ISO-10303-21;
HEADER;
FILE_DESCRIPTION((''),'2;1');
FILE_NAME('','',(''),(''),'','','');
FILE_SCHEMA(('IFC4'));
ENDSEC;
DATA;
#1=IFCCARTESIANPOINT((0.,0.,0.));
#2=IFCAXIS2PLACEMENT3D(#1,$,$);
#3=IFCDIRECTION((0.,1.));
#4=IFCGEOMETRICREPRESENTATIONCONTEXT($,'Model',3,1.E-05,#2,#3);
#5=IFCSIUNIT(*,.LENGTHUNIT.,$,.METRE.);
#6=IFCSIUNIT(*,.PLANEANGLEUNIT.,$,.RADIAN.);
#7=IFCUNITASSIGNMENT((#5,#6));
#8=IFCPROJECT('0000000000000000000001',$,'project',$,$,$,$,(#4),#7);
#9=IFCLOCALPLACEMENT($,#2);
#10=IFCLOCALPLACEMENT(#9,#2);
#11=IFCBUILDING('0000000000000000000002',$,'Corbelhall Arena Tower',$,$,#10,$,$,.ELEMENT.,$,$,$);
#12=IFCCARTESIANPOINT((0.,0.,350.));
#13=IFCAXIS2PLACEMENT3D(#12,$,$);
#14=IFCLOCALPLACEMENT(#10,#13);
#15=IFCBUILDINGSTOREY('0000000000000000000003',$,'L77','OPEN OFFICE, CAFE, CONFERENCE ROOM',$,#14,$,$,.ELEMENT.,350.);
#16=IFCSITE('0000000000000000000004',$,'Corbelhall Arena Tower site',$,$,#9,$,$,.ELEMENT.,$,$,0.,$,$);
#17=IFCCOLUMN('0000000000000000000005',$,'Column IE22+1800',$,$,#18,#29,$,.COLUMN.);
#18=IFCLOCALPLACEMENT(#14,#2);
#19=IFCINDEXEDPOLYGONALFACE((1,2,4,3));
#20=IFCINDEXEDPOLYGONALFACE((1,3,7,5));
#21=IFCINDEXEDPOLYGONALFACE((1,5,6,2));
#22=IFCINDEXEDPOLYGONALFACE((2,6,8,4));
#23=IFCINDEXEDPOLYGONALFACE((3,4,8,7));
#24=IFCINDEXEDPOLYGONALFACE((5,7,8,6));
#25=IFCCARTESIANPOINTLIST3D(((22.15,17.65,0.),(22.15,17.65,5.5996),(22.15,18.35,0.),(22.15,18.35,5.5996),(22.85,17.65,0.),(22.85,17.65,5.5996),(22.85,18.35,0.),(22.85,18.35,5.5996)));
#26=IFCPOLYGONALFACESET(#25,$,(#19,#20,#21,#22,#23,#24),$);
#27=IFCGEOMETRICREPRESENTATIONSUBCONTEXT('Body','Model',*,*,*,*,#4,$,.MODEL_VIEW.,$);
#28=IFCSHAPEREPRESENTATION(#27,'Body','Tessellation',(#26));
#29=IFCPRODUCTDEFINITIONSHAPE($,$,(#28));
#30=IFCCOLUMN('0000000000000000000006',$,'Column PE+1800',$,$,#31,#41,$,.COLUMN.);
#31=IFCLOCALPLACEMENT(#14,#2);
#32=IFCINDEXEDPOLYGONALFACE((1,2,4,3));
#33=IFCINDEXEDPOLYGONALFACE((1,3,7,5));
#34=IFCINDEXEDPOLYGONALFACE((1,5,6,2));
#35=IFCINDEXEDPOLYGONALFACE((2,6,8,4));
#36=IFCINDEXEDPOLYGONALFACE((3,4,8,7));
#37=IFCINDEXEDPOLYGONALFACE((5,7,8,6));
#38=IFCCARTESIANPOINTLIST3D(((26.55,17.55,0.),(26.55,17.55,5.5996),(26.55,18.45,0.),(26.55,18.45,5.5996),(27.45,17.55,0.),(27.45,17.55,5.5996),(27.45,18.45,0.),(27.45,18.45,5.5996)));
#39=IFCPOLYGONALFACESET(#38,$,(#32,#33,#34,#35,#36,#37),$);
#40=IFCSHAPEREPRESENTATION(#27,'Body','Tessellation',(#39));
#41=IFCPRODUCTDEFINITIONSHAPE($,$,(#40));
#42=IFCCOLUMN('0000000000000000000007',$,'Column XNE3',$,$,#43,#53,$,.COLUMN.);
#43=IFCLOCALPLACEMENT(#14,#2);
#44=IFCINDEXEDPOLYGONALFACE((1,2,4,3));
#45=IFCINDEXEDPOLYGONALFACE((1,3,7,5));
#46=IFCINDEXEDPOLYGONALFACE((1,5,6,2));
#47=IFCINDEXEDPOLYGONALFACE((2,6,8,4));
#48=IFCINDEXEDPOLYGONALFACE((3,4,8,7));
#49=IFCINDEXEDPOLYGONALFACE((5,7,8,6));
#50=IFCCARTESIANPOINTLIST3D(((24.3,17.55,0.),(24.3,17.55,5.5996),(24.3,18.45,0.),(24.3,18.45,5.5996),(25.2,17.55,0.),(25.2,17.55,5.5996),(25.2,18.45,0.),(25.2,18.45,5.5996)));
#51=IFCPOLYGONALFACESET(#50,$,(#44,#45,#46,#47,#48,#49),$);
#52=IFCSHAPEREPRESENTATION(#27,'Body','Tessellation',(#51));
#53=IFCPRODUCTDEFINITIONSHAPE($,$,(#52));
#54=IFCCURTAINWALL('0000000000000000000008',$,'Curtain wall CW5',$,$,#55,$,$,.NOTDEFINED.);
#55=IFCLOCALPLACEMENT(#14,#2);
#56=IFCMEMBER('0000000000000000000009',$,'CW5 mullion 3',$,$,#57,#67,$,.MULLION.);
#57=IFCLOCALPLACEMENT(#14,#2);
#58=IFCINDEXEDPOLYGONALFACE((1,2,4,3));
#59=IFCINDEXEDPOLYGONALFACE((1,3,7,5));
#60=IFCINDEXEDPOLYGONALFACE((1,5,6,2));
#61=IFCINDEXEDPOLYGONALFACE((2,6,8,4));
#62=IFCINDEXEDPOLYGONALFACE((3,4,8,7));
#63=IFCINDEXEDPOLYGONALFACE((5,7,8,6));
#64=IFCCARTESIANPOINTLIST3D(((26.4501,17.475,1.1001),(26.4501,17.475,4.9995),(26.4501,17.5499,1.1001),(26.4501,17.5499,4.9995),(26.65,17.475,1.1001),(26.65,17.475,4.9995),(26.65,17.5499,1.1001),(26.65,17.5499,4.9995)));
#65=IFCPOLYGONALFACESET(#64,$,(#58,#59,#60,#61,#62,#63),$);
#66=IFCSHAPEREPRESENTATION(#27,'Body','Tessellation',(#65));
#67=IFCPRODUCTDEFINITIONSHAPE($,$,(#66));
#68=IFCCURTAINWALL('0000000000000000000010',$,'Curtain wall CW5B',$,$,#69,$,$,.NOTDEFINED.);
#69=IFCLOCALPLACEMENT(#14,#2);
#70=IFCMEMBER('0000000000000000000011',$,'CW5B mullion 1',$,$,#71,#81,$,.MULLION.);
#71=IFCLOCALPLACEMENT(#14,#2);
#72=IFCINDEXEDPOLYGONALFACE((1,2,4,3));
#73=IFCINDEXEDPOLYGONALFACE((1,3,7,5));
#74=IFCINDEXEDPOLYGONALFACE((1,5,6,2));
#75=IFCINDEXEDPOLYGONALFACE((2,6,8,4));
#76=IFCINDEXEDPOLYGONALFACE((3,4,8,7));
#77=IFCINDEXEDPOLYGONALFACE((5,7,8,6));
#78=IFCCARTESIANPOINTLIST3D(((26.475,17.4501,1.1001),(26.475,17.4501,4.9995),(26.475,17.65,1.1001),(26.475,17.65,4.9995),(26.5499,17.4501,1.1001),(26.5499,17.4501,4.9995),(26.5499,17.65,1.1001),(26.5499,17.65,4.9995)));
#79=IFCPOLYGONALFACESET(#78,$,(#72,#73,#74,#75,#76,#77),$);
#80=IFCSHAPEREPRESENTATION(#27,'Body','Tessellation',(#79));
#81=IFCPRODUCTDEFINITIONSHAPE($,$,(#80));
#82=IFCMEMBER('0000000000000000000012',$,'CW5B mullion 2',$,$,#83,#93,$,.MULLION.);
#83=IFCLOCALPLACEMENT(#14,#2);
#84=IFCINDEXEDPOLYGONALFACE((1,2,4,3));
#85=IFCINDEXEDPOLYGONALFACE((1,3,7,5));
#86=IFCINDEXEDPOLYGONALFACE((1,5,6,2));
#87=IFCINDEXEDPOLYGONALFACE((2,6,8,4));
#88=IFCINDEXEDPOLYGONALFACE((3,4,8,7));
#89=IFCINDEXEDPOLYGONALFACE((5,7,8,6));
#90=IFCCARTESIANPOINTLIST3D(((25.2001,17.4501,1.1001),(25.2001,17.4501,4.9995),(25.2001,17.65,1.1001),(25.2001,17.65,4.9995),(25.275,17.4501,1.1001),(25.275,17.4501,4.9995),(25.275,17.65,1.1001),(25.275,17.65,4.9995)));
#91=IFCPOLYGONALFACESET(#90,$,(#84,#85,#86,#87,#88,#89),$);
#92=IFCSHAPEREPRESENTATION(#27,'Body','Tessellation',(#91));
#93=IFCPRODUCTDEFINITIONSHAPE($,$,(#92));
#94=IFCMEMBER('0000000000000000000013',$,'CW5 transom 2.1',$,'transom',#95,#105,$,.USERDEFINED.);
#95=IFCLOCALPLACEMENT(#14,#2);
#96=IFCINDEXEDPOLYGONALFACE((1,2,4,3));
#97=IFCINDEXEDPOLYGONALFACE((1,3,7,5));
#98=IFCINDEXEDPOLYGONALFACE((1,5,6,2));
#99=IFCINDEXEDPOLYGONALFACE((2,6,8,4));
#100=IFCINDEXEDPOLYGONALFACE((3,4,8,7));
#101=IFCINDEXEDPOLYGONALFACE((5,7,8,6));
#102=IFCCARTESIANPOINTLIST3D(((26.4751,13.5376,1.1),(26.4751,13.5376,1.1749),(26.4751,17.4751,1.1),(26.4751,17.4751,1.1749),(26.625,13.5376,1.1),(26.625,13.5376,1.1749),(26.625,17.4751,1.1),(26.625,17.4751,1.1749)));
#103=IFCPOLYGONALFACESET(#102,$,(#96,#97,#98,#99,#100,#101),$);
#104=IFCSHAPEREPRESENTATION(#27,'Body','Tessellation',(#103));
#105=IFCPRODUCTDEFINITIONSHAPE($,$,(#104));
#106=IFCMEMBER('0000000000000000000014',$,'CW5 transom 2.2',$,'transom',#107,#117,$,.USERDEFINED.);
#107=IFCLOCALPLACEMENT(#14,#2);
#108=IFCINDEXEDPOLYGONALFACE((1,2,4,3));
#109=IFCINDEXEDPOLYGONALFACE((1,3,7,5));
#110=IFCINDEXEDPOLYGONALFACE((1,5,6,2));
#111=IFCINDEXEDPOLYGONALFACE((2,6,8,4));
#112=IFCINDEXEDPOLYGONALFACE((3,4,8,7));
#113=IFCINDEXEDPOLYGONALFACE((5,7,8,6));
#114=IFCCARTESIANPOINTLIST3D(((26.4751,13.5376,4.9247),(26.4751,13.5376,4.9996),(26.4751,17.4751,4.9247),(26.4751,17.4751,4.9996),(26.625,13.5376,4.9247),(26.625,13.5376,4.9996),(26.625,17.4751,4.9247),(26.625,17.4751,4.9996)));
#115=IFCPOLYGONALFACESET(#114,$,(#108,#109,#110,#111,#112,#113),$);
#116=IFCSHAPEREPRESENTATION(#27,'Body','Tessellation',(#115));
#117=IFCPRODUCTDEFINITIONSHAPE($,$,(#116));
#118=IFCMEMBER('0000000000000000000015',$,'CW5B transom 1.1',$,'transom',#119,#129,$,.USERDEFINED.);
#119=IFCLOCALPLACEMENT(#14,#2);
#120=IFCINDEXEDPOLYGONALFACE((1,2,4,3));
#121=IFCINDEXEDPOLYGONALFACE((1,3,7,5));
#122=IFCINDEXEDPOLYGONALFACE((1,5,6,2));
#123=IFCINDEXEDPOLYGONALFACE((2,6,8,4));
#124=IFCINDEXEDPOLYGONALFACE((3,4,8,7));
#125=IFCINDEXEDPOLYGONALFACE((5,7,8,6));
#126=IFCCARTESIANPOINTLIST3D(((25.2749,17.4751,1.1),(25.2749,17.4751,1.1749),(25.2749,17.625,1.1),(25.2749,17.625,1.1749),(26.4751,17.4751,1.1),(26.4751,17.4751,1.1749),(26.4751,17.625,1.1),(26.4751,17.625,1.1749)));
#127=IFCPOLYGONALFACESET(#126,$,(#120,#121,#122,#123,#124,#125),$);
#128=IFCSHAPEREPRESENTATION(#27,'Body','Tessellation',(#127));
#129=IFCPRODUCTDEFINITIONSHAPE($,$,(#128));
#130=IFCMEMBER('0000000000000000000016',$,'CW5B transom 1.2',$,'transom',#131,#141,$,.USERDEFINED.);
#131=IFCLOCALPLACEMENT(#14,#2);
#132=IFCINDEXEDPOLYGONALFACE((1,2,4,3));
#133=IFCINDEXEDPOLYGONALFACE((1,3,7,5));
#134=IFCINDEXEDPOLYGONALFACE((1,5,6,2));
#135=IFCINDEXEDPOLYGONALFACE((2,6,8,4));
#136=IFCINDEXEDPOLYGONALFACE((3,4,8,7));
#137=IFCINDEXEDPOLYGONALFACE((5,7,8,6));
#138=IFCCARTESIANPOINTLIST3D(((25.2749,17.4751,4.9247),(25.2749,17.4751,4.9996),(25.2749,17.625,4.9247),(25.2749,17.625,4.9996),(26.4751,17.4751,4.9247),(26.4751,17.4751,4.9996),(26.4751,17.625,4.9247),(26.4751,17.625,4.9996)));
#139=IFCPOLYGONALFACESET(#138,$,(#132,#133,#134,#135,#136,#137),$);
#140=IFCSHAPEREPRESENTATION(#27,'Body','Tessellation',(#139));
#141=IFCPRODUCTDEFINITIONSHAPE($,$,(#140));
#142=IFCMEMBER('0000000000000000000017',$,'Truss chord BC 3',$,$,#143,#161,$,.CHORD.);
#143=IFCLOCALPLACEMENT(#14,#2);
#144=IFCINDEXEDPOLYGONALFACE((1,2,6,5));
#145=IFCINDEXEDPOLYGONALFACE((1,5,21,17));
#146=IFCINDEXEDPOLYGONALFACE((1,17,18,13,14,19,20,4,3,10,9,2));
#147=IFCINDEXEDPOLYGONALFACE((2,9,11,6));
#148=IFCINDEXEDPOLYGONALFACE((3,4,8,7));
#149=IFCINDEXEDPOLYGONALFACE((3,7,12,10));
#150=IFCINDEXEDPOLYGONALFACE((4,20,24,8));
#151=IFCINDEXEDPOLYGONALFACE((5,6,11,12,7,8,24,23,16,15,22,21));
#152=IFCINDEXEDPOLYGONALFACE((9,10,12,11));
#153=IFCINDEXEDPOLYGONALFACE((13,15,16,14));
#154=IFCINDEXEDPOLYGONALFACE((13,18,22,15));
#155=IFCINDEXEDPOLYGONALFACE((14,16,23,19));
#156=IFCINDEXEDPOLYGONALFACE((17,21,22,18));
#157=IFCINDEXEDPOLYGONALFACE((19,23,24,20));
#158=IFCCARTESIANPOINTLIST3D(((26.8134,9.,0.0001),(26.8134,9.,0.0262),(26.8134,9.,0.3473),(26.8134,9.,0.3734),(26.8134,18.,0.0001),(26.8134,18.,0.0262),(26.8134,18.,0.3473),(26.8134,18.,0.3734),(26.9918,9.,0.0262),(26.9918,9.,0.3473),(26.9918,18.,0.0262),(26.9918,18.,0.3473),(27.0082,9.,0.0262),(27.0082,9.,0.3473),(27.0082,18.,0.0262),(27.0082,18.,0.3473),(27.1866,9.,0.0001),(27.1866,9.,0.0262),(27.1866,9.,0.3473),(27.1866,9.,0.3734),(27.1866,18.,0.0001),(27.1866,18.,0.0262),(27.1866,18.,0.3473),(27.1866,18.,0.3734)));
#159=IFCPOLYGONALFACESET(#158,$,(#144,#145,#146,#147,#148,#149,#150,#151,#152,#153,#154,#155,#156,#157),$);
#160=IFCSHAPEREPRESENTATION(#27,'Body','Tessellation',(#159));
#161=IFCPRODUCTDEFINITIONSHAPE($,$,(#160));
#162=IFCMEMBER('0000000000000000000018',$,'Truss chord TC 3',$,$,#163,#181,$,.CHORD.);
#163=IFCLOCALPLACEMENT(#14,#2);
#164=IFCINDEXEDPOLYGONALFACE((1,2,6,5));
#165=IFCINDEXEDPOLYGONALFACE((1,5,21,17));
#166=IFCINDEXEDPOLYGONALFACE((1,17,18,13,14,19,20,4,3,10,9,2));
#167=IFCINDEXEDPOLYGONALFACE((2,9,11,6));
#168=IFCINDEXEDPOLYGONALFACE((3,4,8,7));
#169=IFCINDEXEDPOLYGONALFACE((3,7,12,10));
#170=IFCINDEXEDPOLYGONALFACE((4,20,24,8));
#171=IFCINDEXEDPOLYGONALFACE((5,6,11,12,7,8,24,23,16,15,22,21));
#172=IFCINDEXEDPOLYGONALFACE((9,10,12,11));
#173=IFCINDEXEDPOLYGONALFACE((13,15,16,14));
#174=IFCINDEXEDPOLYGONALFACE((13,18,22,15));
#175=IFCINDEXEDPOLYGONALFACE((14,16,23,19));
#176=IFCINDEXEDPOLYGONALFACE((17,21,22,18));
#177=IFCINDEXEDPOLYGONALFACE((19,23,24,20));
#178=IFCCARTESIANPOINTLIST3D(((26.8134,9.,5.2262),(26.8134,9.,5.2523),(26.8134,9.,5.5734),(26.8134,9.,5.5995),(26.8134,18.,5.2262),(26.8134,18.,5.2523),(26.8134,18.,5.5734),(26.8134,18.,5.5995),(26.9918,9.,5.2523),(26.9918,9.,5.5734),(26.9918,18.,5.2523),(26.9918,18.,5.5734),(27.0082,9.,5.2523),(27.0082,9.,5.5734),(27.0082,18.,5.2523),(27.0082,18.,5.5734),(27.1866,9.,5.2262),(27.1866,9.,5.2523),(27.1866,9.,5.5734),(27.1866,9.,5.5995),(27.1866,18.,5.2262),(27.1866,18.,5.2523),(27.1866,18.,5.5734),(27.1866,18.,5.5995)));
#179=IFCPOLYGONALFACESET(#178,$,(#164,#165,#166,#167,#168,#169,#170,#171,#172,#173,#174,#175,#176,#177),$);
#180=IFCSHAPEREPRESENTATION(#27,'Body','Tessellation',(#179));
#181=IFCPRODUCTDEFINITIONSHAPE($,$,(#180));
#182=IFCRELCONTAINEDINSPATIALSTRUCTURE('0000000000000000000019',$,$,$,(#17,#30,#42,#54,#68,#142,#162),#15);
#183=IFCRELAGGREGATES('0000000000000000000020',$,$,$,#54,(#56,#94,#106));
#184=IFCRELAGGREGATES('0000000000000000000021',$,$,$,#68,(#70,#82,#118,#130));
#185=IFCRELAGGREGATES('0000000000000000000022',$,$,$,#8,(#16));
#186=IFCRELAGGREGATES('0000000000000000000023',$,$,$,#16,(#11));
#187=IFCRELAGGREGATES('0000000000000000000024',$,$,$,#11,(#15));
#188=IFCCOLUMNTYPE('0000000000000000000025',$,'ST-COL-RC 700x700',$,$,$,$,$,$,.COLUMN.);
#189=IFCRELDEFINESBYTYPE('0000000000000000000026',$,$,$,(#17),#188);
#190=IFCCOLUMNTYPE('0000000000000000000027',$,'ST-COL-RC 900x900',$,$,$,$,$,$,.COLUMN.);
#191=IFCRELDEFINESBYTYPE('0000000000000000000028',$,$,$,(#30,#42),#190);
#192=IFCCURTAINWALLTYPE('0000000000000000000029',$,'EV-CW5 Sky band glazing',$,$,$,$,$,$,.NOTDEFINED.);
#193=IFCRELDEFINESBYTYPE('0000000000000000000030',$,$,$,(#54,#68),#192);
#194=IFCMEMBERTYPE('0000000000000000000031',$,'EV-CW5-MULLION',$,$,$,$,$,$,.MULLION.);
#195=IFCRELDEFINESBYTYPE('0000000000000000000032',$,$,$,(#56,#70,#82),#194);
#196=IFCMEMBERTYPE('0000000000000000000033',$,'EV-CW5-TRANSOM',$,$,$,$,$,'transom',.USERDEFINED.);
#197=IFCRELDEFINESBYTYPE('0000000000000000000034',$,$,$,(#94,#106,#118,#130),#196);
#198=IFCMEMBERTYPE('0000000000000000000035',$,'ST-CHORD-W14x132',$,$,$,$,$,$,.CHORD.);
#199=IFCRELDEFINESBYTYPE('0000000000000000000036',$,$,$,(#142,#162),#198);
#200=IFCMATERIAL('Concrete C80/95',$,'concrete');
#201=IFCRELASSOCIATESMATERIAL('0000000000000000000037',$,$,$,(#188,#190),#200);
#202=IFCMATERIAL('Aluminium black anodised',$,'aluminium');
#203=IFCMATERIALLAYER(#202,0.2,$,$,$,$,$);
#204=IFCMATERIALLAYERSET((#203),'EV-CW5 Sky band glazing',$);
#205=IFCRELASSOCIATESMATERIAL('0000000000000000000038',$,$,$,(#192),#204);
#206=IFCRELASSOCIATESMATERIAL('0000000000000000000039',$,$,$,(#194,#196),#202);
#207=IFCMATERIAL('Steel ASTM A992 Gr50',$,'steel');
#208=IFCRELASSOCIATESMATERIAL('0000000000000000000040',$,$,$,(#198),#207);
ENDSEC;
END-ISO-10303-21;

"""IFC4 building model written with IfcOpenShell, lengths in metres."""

from ifc_helpers import new_model, si_unit, direction, frame, origin, origin_2d, place, context, subcontext, project, spatial, rectangle, i_section, extrude, material, layer, layer_set, material_profile, profile_set, type_object, element, aggregate, save


model = new_model("IFC4")

# Units and contexts
model_context = context("Model", 3, precision=1e-05, world=origin(), true_north=direction((0.0, 1.0)))
body_context = subcontext(model_context, "Body", "Model", "MODEL_VIEW")
ifc_project = project(units=[si_unit("LENGTHUNIT", "METRE"), si_unit("PLANEANGLEUNIT", "RADIAN")], contexts=[model_context])

# Site, building, storey
site_placement = place(None, origin())
site = spatial("IfcSite", under=ifc_project, at=site_placement, Name="Corbelhall Arena Tower site", CompositionType="ELEMENT", RefElevation=0.0)
building_placement = place(site_placement, origin())
building = spatial("IfcBuilding", under=site, at=building_placement, Name="Corbelhall Arena Tower", CompositionType="ELEMENT")
storey_placement = place(building_placement, frame((0.0, 0.0, 350.0)))
storey = spatial("IfcBuildingStorey", under=building, at=storey_placement, Name="L77", Description="OPEN OFFICE, CAFE, CONFERENCE ROOM", CompositionType="ELEMENT", Elevation=350.0)

# Columns
ifc_material_1 = material(Name="Concrete C80/95", Category="concrete")
ifc_material_profile_1 = material_profile(ifc_material_1, rectangle(XDim=0.7, YDim=0.7, at=origin_2d()))
ifc_profile_set_1 = profile_set([ifc_material_profile_1], Name="Concrete C80/95")
column_type_1 = type_object("IfcColumnType", Name="ST-COL-RC 700x700", PredefinedType="COLUMN", material=ifc_profile_set_1)
column_placement = place(storey_placement, frame((22.5, 18.0, 0.0), z_axis=(0.0, 0.0, 1.0), x_axis=(1.0, 0.0, 0.0)))
element("IfcColumn", 1, at=column_placement, inside=storey, type_object=column_type_1, Name="Column IE22+1800", PredefinedType="COLUMN", context=body_context, shape_type="SweptSolid", body=[
    extrude(rectangle(XDim=0.7, YDim=0.7, at=origin_2d()), origin(), (0.0, 0.0, 1.0), 5.5996),
])
ifc_material_profile_2 = material_profile(ifc_material_1, rectangle(XDim=0.8999, YDim=0.8999, at=origin_2d()))
ifc_profile_set_2 = profile_set([ifc_material_profile_2], Name="Concrete C80/95")
column_type_2 = type_object("IfcColumnType", Name="ST-COL-RC 900x900", PredefinedType="COLUMN", material=ifc_profile_set_2)
for number, where, z_axis, x_axis, name in (
    (2, (27.0, 18.0, 0.0), (0.0, 0.0, 1.0), (0.0, 1.0, 0.0), "Column PE+1800"),
    (3, (24.75, 18.0, 0.0), (0.0, 0.0, 1.0), (1.0, 0.0, 0.0), "Column XNE3"),
):
    element("IfcColumn", number, at=place(storey_placement, frame(where, z_axis=z_axis, x_axis=x_axis)), inside=storey, type_object=column_type_2, Name=name, PredefinedType="COLUMN", context=body_context, shape_type="SweptSolid", body=[
        extrude(rectangle(XDim=0.8999, YDim=0.8999, at=origin_2d()), origin(), (0.0, 0.0, 1.0), 5.5996),
    ])

# Curtain wall, member
ifc_material_2 = material(Name="Aluminium black anodised", Category="aluminium")
ifc_layer_1 = layer(ifc_material_2, 0.2)
ifc_layer_set_1 = layer_set([ifc_layer_1], Name="EV-CW5 Sky band glazing")
curtain_wall_type = type_object("IfcCurtainWallType", Name="EV-CW5 Sky band glazing", PredefinedType="NOTDEFINED", material=ifc_layer_set_1)
curtain_wall_1_placement = place(storey_placement, origin())
curtain_wall_1 = element("IfcCurtainWall", 4, at=curtain_wall_1_placement, inside=storey, type_object=curtain_wall_type, Name="Curtain wall CW5", PredefinedType="NOTDEFINED")
ifc_material_profile_3 = material_profile(ifc_material_2, rectangle(XDim=0.2, YDim=0.075, at=origin_2d()))
ifc_profile_set_3 = profile_set([ifc_material_profile_3], Name="Aluminium black anodised")
member_type_1 = type_object("IfcMemberType", Name="EV-CW5-MULLION", PredefinedType="MULLION", material=ifc_profile_set_3)
member_1_placement = place(storey_placement, frame((26.55, 17.5125, 1.1001), z_axis=(0.0, 0.0, 1.0), x_axis=(-1.0, 0.0, 0.0)))
member_1 = element("IfcMember", 5, at=member_1_placement, type_object=member_type_1, Name="CW5 mullion 3", PredefinedType="MULLION", context=body_context, shape_type="SweptSolid", body=[
    extrude(rectangle(XDim=0.2, YDim=0.075, at=origin_2d()), origin(), (0.0, 0.0, 1.0), 3.8994),
])

# Curtain wall, members
curtain_wall_2_placement = place(storey_placement, origin())
curtain_wall_2 = element("IfcCurtainWall", 6, at=curtain_wall_2_placement, inside=storey, type_object=curtain_wall_type, Name="Curtain wall CW5B", PredefinedType="NOTDEFINED")
member_2_placement = place(storey_placement, frame((26.5125, 17.55, 1.1001), z_axis=(0.0, 0.0, 1.0), x_axis=(0.0, -1.0, 0.0)))
member_2 = element("IfcMember", 7, at=member_2_placement, type_object=member_type_1, Name="CW5B mullion 1", PredefinedType="MULLION", context=body_context, shape_type="SweptSolid", body=[
    extrude(rectangle(XDim=0.2, YDim=0.075, at=origin_2d()), origin(), (0.0, 0.0, 1.0), 3.8994),
])
member_3_placement = place(storey_placement, frame((25.2375, 17.55, 1.1001), z_axis=(0.0, 0.0, 1.0), x_axis=(0.0, -1.0, 0.0)))
member_3 = element("IfcMember", 8, at=member_3_placement, type_object=member_type_1, Name="CW5B mullion 2", PredefinedType="MULLION", context=body_context, shape_type="SweptSolid", body=[
    extrude(rectangle(XDim=0.2, YDim=0.075, at=origin_2d()), origin(), (0.0, 0.0, 1.0), 3.8994),
])

# Members
ifc_material_profile_4 = material_profile(ifc_material_2, rectangle(XDim=0.1499, YDim=0.075, at=origin_2d()))
ifc_profile_set_4 = profile_set([ifc_material_profile_4], Name="Aluminium black anodised")
member_type_2 = type_object("IfcMemberType", Name="EV-CW5-TRANSOM", ElementType="transom", PredefinedType="USERDEFINED", material=ifc_profile_set_4)
member_4_placement = place(storey_placement, frame((26.55, 13.5376, 1.1375), z_axis=(0.0, 1.0, 0.0), x_axis=(-1.0, 0.0, 0.0)))
member_4 = element("IfcMember", 9, at=member_4_placement, type_object=member_type_2, Name="CW5 transom 2.1", ObjectType="transom", PredefinedType="USERDEFINED", context=body_context, shape_type="SweptSolid", body=[
    extrude(rectangle(XDim=0.1499, YDim=0.075, at=origin_2d()), origin(), (0.0, 0.0, 1.0), 3.9375),
])
member_5_placement = place(storey_placement, frame((26.55, 13.5376, 4.9622), z_axis=(0.0, 1.0, 0.0), x_axis=(-1.0, 0.0, 0.0)))
member_5 = element("IfcMember", 10, at=member_5_placement, type_object=member_type_2, Name="CW5 transom 2.2", ObjectType="transom", PredefinedType="USERDEFINED", context=body_context, shape_type="SweptSolid", body=[
    extrude(rectangle(XDim=0.1499, YDim=0.075, at=origin_2d()), origin(), (0.0, 0.0, 1.0), 3.9375),
])
member_6_placement = place(storey_placement, frame((26.4751, 17.55, 1.1375), z_axis=(-1.0, 0.0, 0.0), x_axis=(0.0, -1.0, 0.0)))
member_6 = element("IfcMember", 11, at=member_6_placement, type_object=member_type_2, Name="CW5B transom 1.1", ObjectType="transom", PredefinedType="USERDEFINED", context=body_context, shape_type="SweptSolid", body=[
    extrude(rectangle(XDim=0.1499, YDim=0.075, at=origin_2d()), origin(), (0.0, 0.0, 1.0), 1.2002),
])
member_7_placement = place(storey_placement, frame((26.4751, 17.55, 4.9622), z_axis=(-1.0, 0.0, 0.0), x_axis=(0.0, -1.0, 0.0)))
member_7 = element("IfcMember", 12, at=member_7_placement, type_object=member_type_2, Name="CW5B transom 1.2", ObjectType="transom", PredefinedType="USERDEFINED", context=body_context, shape_type="SweptSolid", body=[
    extrude(rectangle(XDim=0.1499, YDim=0.075, at=origin_2d()), origin(), (0.0, 0.0, 1.0), 1.2002),
])

# Members
ifc_material_3 = material(Name="Steel ASTM A992 Gr50", Category="steel")
ifc_material_profile_5 = material_profile(ifc_material_3, i_section(OverallWidth=0.3733, OverallDepth=0.3733, WebThickness=0.0164, FlangeThickness=0.0261, at=origin_2d()))
ifc_profile_set_5 = profile_set([ifc_material_profile_5], Name="Steel ASTM A992 Gr50")
member_type_3 = type_object("IfcMemberType", Name="ST-CHORD-W14x132", PredefinedType="CHORD", material=ifc_profile_set_5)
for number, where, z_axis, x_axis, name in (
    (13, (27.0, 18.0, 0.1868), (0.0, -1.0, 0.0), (1.0, 0.0, 0.0), "Truss chord BC 3"),
    (14, (27.0, 18.0, 5.4128), (0.0, -1.0, 0.0), (1.0, 0.0, 0.0), "Truss chord TC 3"),
):
    element("IfcMember", number, at=place(storey_placement, frame(where, z_axis=z_axis, x_axis=x_axis)), inside=storey, type_object=member_type_3, Name=name, PredefinedType="CHORD", context=body_context, shape_type="SweptSolid", body=[
        extrude(i_section(OverallWidth=0.3733, OverallDepth=0.3733, WebThickness=0.0164, FlangeThickness=0.0261, at=origin_2d()), origin(), (0.0, 0.0, 1.0), 9.0),
    ])

aggregate(curtain_wall_1, [member_1, member_4, member_5])
aggregate(curtain_wall_2, [member_2, member_3, member_6, member_7])

save(model, "model.ifc")
